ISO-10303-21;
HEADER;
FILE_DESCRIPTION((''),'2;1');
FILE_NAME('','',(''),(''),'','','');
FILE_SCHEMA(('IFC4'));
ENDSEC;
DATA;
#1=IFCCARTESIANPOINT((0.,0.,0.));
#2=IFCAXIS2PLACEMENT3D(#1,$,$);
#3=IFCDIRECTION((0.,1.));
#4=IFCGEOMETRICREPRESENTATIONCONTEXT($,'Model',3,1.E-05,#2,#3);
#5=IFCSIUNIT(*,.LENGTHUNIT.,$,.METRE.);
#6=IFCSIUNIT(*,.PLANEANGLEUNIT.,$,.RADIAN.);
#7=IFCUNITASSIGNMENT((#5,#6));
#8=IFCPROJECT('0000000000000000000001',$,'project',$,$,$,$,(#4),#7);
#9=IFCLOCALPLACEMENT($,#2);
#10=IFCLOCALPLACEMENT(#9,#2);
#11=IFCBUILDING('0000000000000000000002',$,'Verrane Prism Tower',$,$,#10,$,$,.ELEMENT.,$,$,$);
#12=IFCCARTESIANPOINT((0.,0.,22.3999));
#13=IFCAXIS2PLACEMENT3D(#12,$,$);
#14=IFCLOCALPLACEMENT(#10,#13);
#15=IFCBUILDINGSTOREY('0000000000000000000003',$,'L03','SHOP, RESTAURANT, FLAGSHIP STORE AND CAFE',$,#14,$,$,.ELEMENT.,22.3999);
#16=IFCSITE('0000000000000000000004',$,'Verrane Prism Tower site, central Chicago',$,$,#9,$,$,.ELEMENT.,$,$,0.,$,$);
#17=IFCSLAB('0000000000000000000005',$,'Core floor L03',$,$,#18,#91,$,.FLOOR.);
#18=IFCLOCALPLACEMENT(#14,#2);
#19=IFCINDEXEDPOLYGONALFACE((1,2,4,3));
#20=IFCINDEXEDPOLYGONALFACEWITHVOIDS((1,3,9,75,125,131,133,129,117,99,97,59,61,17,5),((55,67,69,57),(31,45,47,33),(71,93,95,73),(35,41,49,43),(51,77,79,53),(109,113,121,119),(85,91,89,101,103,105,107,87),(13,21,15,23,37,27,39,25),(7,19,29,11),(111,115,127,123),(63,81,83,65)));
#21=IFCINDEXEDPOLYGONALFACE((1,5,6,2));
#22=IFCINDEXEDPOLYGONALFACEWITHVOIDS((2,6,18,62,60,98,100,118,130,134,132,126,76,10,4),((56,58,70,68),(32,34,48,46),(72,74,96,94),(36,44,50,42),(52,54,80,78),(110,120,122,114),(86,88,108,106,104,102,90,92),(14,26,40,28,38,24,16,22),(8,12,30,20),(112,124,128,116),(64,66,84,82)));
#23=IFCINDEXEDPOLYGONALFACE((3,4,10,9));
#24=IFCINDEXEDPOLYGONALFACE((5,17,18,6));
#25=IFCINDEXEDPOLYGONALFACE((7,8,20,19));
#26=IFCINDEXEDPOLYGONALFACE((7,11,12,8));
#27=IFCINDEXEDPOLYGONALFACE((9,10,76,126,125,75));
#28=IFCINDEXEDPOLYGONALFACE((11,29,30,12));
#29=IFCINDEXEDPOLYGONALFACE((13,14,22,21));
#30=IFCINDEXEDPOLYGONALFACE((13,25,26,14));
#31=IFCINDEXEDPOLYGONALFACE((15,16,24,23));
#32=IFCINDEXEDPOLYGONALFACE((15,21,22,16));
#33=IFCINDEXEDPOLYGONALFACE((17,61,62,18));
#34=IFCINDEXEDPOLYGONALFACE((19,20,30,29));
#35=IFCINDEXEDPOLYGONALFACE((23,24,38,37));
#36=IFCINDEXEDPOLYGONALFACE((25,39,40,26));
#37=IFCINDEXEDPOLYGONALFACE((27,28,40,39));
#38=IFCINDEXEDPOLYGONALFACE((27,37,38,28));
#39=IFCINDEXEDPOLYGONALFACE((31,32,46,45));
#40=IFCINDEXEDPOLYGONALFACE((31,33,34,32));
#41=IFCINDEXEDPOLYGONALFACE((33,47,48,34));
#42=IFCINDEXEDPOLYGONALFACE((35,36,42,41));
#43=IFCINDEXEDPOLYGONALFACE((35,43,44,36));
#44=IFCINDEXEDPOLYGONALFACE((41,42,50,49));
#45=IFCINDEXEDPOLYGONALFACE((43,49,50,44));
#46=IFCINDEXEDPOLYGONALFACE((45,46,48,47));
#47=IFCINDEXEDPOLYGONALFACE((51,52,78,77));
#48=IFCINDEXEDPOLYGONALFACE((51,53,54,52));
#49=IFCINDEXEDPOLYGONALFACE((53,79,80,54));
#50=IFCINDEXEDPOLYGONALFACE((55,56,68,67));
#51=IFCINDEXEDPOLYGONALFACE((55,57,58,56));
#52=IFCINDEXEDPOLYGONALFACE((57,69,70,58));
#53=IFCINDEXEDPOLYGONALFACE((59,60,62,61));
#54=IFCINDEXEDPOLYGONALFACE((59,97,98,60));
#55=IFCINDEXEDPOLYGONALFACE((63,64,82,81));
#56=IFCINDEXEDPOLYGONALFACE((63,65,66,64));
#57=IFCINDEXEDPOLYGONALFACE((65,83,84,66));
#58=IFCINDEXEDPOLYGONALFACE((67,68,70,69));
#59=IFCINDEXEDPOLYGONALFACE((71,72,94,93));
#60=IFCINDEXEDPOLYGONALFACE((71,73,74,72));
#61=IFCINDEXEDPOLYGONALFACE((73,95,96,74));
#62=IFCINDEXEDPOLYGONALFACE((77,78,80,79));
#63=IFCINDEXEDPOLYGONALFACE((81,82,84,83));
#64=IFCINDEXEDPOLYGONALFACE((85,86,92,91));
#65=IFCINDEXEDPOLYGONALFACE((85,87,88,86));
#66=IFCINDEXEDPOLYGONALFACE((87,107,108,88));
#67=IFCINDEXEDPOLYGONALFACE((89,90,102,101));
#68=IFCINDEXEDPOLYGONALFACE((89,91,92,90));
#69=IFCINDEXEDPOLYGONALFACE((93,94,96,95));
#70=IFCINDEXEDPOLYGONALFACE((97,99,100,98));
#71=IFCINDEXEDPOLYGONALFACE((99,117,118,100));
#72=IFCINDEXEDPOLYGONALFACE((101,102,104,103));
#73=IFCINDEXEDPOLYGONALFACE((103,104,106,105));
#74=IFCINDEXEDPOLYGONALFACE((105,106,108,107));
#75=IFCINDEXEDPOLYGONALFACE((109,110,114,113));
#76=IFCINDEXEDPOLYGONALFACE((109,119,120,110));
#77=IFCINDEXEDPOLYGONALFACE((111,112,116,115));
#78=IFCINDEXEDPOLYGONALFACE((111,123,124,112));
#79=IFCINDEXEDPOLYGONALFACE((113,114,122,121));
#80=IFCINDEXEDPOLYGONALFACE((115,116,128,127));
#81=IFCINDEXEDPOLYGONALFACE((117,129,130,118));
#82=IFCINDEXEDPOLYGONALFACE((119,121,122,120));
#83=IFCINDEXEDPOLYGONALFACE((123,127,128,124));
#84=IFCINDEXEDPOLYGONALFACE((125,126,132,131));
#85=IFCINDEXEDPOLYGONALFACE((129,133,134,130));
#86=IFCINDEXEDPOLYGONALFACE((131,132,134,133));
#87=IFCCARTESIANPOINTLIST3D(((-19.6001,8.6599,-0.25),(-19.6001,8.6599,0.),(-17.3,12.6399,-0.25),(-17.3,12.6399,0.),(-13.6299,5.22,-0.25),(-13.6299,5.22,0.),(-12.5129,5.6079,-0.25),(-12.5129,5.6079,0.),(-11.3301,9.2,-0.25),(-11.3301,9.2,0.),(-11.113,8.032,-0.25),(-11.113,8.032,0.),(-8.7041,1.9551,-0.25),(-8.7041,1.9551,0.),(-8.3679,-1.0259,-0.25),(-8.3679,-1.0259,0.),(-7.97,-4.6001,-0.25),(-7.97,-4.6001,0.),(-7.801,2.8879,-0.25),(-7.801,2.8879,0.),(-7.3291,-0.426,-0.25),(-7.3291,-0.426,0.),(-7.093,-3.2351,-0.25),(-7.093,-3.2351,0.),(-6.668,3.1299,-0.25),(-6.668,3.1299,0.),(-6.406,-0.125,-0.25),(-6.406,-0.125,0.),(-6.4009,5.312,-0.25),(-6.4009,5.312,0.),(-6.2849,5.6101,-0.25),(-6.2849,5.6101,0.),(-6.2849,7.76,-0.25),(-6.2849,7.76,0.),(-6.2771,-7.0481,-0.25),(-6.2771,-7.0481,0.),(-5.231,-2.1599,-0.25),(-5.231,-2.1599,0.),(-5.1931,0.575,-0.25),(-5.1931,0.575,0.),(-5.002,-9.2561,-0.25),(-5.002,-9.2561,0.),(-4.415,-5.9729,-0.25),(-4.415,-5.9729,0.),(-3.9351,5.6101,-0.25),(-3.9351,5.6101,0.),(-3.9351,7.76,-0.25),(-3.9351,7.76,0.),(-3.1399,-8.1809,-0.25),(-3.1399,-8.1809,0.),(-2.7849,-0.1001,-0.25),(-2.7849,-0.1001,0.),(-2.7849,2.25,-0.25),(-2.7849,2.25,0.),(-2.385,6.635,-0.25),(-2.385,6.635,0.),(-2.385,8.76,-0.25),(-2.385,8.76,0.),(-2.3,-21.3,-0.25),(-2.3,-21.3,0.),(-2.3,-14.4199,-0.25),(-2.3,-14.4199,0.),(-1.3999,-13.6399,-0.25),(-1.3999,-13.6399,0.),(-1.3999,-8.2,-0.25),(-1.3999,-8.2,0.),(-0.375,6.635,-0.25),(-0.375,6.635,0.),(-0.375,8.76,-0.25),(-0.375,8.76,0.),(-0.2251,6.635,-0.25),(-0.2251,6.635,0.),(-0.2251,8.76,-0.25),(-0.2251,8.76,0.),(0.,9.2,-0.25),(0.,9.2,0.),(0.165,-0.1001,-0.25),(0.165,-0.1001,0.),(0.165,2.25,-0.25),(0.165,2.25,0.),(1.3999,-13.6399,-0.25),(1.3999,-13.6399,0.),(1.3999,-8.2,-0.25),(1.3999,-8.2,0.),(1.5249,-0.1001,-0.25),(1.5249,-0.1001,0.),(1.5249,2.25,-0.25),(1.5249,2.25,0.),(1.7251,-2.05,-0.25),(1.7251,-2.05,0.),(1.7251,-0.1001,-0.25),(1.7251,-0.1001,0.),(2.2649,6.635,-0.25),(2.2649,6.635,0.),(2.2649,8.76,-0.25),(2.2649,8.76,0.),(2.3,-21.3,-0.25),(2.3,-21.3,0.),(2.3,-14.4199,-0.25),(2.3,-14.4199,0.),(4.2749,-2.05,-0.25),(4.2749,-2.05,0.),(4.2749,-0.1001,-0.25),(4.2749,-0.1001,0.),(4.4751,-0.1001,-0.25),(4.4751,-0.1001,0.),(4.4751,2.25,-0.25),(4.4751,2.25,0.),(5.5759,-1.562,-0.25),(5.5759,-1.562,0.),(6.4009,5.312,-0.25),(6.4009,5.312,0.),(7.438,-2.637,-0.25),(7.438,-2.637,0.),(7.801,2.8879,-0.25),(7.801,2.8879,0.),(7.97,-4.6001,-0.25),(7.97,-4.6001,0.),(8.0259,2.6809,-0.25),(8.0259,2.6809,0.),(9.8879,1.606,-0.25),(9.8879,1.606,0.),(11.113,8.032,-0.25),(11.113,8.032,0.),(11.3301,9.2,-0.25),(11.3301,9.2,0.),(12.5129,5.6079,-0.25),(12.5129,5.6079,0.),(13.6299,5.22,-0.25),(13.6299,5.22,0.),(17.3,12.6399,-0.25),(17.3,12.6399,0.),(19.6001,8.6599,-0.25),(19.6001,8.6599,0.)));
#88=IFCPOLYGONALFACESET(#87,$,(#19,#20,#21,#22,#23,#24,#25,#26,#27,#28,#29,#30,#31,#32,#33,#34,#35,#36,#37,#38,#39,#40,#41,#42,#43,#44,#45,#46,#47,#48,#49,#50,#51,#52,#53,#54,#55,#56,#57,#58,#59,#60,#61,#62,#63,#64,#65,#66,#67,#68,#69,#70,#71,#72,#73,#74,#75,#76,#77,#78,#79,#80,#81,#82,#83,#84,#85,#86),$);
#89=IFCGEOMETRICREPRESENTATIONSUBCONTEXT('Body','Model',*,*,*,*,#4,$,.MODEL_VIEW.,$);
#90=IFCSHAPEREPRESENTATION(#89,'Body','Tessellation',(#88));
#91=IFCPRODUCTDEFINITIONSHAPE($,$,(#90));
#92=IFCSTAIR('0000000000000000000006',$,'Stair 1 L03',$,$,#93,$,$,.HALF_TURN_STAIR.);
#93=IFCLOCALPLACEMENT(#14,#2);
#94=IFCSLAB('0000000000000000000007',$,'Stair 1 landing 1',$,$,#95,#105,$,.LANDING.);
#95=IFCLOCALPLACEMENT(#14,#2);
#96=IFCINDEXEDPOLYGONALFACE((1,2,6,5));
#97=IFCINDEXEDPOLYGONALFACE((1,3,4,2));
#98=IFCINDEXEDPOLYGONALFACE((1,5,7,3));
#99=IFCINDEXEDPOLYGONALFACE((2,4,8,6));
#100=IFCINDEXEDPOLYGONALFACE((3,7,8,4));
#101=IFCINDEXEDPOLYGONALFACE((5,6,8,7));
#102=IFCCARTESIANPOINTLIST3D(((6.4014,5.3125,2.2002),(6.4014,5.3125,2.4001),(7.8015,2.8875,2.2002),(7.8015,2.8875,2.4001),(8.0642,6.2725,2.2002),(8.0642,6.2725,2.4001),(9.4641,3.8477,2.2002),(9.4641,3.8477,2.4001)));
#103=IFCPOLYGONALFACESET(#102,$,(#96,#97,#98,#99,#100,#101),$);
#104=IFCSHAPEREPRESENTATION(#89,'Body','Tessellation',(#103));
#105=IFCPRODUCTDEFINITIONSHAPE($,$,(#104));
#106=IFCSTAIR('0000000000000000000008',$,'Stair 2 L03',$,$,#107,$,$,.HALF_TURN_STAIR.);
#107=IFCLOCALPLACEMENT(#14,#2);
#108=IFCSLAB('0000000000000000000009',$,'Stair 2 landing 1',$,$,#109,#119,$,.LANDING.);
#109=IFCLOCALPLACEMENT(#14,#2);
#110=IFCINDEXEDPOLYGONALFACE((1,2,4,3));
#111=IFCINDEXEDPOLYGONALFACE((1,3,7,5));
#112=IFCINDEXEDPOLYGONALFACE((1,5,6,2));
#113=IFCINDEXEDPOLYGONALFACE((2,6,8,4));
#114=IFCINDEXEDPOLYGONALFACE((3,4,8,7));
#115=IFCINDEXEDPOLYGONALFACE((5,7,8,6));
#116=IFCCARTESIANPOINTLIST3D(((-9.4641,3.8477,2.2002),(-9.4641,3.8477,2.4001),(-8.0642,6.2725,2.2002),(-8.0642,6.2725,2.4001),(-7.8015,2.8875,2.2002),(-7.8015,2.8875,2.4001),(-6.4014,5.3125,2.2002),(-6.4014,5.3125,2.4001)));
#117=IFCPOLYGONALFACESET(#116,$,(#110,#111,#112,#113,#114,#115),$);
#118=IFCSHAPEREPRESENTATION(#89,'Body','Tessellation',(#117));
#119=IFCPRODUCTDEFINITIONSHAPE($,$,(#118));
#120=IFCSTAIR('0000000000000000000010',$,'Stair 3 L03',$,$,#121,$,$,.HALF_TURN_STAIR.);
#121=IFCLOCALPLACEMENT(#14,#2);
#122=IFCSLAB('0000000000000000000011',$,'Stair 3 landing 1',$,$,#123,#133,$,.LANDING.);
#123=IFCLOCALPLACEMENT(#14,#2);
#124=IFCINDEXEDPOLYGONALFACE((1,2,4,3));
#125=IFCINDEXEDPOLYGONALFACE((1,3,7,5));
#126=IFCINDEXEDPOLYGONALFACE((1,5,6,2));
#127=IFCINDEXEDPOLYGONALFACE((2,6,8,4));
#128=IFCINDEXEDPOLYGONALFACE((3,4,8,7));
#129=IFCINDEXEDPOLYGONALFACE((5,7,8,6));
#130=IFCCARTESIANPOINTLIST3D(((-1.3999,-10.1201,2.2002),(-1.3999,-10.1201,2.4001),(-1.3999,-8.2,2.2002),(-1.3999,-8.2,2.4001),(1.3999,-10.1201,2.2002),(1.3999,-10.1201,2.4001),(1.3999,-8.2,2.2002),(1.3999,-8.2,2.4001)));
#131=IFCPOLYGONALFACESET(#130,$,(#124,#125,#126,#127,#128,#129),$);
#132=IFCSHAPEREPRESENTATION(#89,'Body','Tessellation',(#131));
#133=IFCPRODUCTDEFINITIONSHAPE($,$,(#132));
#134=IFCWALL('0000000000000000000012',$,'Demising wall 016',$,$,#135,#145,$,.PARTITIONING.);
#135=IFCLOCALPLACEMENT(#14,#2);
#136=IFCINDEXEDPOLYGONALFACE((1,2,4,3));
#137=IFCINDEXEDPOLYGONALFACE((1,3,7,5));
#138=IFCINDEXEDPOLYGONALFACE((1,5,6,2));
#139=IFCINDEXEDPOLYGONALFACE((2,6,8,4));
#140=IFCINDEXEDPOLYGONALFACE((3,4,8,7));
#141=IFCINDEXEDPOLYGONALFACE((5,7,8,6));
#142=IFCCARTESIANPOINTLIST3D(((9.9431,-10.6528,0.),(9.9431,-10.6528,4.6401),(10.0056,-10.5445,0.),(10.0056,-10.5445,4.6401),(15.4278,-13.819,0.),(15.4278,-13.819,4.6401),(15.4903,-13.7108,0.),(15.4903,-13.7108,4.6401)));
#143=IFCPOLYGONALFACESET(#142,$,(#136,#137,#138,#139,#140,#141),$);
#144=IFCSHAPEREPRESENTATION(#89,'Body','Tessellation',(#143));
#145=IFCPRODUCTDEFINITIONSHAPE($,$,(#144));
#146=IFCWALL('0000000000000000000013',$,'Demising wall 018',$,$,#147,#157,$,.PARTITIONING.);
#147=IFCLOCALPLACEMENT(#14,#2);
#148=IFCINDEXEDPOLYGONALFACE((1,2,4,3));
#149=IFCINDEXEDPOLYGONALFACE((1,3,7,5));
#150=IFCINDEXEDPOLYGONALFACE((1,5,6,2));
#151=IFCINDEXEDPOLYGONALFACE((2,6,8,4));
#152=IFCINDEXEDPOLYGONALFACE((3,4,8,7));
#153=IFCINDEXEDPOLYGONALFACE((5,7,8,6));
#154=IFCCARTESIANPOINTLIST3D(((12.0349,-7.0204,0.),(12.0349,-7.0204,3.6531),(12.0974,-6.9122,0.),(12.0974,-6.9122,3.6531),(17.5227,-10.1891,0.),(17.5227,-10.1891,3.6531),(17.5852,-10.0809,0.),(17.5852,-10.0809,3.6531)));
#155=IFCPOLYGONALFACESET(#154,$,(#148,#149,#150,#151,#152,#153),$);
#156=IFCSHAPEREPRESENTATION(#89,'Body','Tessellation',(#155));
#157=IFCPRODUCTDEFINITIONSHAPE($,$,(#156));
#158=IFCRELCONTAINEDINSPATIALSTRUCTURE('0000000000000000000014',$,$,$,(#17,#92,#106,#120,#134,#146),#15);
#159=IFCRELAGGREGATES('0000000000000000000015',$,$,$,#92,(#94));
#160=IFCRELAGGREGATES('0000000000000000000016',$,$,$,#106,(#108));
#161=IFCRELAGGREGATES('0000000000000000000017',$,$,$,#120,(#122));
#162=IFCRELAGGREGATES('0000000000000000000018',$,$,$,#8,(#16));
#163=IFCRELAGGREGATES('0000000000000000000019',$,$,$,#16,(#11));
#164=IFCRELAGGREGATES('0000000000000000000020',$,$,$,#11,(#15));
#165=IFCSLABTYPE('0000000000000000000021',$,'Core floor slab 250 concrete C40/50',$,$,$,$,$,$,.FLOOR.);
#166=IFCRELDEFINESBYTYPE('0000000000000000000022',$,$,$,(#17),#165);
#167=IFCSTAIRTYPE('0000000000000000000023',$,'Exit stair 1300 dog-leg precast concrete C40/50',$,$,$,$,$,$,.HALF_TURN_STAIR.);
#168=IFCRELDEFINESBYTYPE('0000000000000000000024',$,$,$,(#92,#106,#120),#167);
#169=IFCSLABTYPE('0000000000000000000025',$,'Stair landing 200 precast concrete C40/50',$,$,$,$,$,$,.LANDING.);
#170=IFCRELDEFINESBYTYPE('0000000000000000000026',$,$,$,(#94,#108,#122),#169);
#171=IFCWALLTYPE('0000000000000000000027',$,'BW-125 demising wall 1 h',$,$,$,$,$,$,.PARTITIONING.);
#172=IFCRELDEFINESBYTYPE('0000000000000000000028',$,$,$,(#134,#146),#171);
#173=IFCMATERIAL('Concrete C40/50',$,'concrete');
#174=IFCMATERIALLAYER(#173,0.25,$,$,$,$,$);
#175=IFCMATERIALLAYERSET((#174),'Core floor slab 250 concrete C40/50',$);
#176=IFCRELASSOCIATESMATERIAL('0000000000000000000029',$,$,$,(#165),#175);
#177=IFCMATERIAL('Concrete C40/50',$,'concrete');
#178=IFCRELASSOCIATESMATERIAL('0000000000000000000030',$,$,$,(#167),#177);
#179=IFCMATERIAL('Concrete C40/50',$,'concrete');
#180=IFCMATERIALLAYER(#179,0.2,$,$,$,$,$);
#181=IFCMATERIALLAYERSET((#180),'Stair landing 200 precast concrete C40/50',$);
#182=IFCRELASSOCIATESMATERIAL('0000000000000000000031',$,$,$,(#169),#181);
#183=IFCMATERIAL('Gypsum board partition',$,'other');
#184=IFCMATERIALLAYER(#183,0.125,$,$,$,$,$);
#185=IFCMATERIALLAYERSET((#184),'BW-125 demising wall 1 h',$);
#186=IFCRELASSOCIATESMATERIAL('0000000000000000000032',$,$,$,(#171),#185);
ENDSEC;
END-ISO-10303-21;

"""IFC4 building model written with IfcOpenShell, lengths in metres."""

from ifc_helpers import new_model, si_unit, direction, frame, frame_2d, origin, place, context, subcontext, project, spatial, polyline, rectangle, outline, extrude, material, layer, layer_set, type_object, element, aggregate, save


model = new_model("IFC4")

# Units and contexts
model_context = context("Model", 3, precision=1e-05, world=origin(), true_north=direction((0.0, 1.0)))
body_context = subcontext(model_context, "Body", "Model", "MODEL_VIEW")
ifc_project = project(units=[si_unit("LENGTHUNIT", "METRE"), si_unit("PLANEANGLEUNIT", "RADIAN")], contexts=[model_context])

# Site, building, storey
site_placement = place(None, origin())
site = spatial("IfcSite", under=ifc_project, at=site_placement, Name="Verrane Prism Tower site, central Chicago", CompositionType="ELEMENT", RefElevation=0.0)
building_placement = place(site_placement, origin())
building = spatial("IfcBuilding", under=site, at=building_placement, Name="Verrane Prism Tower", CompositionType="ELEMENT")
storey_placement = place(building_placement, frame((0.0, 0.0, 22.3999)))
storey = spatial("IfcBuildingStorey", under=building, at=storey_placement, Name="L03", Description="SHOP, RESTAURANT, FLAGSHIP STORE AND CAFE", CompositionType="ELEMENT", Elevation=22.3999)

# Slab
ifc_material_1 = material(Name="Concrete C40/50", Category="concrete")
ifc_layer_1 = layer(ifc_material_1, 0.25)
ifc_layer_set_1 = layer_set([ifc_layer_1], Name="Core floor slab 250 concrete C40/50")
slab_type_1 = type_object("IfcSlabType", Name="Core floor slab 250 concrete C40/50", PredefinedType="FLOOR", material=ifc_layer_set_1)
slab_1_placement = place(storey_placement, frame((0.0, 0.0, -0.25)))
element("IfcSlab", 1, at=slab_1_placement, inside=storey, type_object=slab_type_1, Name="Core floor L03", PredefinedType="FLOOR", context=body_context, shape_type="SweptSolid", body=[
    extrude(outline(polyline([(13.6299, 5.22), (19.6001, 8.6599), (17.3, 12.6399), (11.3301, 9.2), (0.0, 9.2), (-11.3301, 9.2), (-17.3, 12.6399), (-19.6001, 8.6599), (-13.6299, 5.22), (-7.97, -4.6001), (-2.3, -14.4199), (-2.3, -21.3), (2.3, -21.3), (2.3, -14.4199), (7.97, -4.6001), (13.6299, 5.22)]), holes=[polyline([(-3.1399, -8.1809), (-5.002, -9.2561), (-6.2771, -7.0481), (-4.415, -5.9729), (-3.1399, -8.1809)]), polyline([(0.165, 2.25), (0.165, -0.1001), (-2.7849, -0.1001), (-2.7849, 2.25), (0.165, 2.25)]), polyline([(-7.801, 2.8879), (-12.5129, 5.6079), (-11.113, 8.032), (-6.4009, 5.312), (-7.801, 2.8879)]), polyline([(-6.2849, 5.6101), (-6.2849, 7.76), (-3.9351, 7.76), (-3.9351, 5.6101), (-6.2849, 5.6101)]), polyline([(-2.385, 6.635), (-2.385, 8.76), (-0.375, 8.76), (-0.375, 6.635), (-2.385, 6.635)]), polyline([(1.3999, -8.2), (1.3999, -13.6399), (-1.3999, -13.6399), (-1.3999, -8.2), (1.3999, -8.2)]), polyline([(4.2749, -2.05), (1.7251, -2.05), (1.7251, -0.1001), (1.5249, -0.1001), (1.5249, 2.25), (4.4751, 2.25), (4.4751, -0.1001), (4.2749, -0.1001), (4.2749, -2.05)]), polyline([(9.8879, 1.606), (7.438, -2.637), (5.5759, -1.562), (8.0259, 2.6809), (9.8879, 1.606)]), polyline([(11.113, 8.032), (12.5129, 5.6079), (7.801, 2.8879), (6.4009, 5.312), (11.113, 8.032)]), polyline([(-0.2251, 8.76), (2.2649, 8.76), (2.2649, 6.635), (-0.2251, 6.635), (-0.2251, 8.76)]), polyline([(-5.231, -2.1599), (-7.093, -3.2351), (-8.3679, -1.0259), (-7.3291, -0.426), (-8.7041, 1.9551), (-6.668, 3.1299), (-5.1931, 0.575), (-6.406, -0.125), (-5.231, -2.1599)])]), origin(), (0.0, 0.0, 1.0), 0.25),
])

# Stairs, slabs
ifc_material_2 = material(Name="Concrete C40/50", Category="concrete")
stair_type = type_object("IfcStairType", Name="Exit stair 1300 dog-leg precast concrete C40/50", PredefinedType="HALF_TURN_STAIR", material=ifc_material_2)
stair_1_placement = place(storey_placement, origin())
stair_1 = element("IfcStair", 2, at=stair_1_placement, inside=storey, type_object=stair_type, Name="Stair 1 L03", PredefinedType="HALF_TURN_STAIR")
ifc_material_3 = material(Name="Concrete C40/50", Category="concrete")
ifc_layer_2 = layer(ifc_material_3, 0.2)
ifc_layer_set_2 = layer_set([ifc_layer_2], Name="Stair landing 200 precast concrete C40/50")
slab_type_2 = type_object("IfcSlabType", Name="Stair landing 200 precast concrete C40/50", PredefinedType="LANDING", material=ifc_layer_set_2)
slab_2_placement = place(storey_placement, frame((0.0, 0.0, 2.2002)))
slab_2 = element("IfcSlab", 3, at=slab_2_placement, type_object=slab_type_2, Name="Stair 1 landing 1", PredefinedType="LANDING", context=body_context, shape_type="SweptSolid", body=[
    extrude(outline(polyline([(8.0642, 6.2725), (6.4014, 5.3125), (7.8015, 2.8875), (9.4641, 3.8477), (8.0642, 6.2725)])), origin(), (0.0, 0.0, 1.0), 0.2),
])
aggregate(stair_1, [slab_2])
stair_2_placement = place(storey_placement, origin())
stair_2 = element("IfcStair", 4, at=stair_2_placement, inside=storey, type_object=stair_type, Name="Stair 2 L03", PredefinedType="HALF_TURN_STAIR")
slab_3_placement = place(storey_placement, frame((0.0, 0.0, 2.2002)))
slab_3 = element("IfcSlab", 5, at=slab_3_placement, type_object=slab_type_2, Name="Stair 2 landing 1", PredefinedType="LANDING", context=body_context, shape_type="SweptSolid", body=[
    extrude(outline(polyline([(-9.4641, 3.8477), (-7.8015, 2.8875), (-6.4014, 5.3125), (-8.0642, 6.2725), (-9.4641, 3.8477)])), origin(), (0.0, 0.0, 1.0), 0.2),
])
aggregate(stair_2, [slab_3])
stair_3_placement = place(storey_placement, origin())
stair_3 = element("IfcStair", 6, at=stair_3_placement, inside=storey, type_object=stair_type, Name="Stair 3 L03", PredefinedType="HALF_TURN_STAIR")
slab_4_placement = place(storey_placement, frame((0.0, 0.0, 2.2002)))
slab_4 = element("IfcSlab", 7, at=slab_4_placement, type_object=slab_type_2, Name="Stair 3 landing 1", PredefinedType="LANDING", context=body_context, shape_type="SweptSolid", body=[
    extrude(outline(polyline([(1.3999, -10.1201), (1.3999, -8.2), (-1.3999, -8.2), (-1.3999, -10.1201), (1.3999, -10.1201)])), origin(), (0.0, 0.0, 1.0), 0.2),
])

# Walls
ifc_material_4 = material(Name="Gypsum board partition", Category="other")
ifc_layer_3 = layer(ifc_material_4, 0.125)
ifc_layer_set_3 = layer_set([ifc_layer_3], Name="BW-125 demising wall 1 h")
wall_type_1 = type_object("IfcWallType", Name="BW-125 demising wall 1 h", PredefinedType="PARTITIONING", material=ifc_layer_set_3)
wall_1_placement = place(storey_placement, frame((9.9744, -10.5986, 0.0), z_axis=(0.0, 0.0, 1.0), x_axis=(0.866045, -0.499966, 0.0)))
element("IfcWall", 8, at=wall_1_placement, inside=storey, type_object=wall_type_1, Name="Demising wall 016", PredefinedType="PARTITIONING", context=body_context, shape_type="SweptSolid", body=[
    extrude(rectangle(XDim=6.333, YDim=0.125, at=frame_2d((3.1665, 0.0))), origin(), (0.0, 0.0, 1.0), 4.6401),
])
wall_2_placement = place(storey_placement, frame((12.0662, -6.9663, 0.0), z_axis=(0.0, 0.0, 1.0), x_axis=(0.866003, -0.500038, 0.0)))
element("IfcWall", 9, at=wall_2_placement, inside=storey, type_object=wall_type_1, Name="Demising wall 018", PredefinedType="PARTITIONING", context=body_context, shape_type="SweptSolid", body=[
    extrude(rectangle(XDim=6.3369, YDim=0.125, at=frame_2d((3.1685, 0.0))), origin(), (0.0, 0.0, 1.0), 3.6531),
])

aggregate(stair_3, [slab_4])

save(model, "model.ifc")
